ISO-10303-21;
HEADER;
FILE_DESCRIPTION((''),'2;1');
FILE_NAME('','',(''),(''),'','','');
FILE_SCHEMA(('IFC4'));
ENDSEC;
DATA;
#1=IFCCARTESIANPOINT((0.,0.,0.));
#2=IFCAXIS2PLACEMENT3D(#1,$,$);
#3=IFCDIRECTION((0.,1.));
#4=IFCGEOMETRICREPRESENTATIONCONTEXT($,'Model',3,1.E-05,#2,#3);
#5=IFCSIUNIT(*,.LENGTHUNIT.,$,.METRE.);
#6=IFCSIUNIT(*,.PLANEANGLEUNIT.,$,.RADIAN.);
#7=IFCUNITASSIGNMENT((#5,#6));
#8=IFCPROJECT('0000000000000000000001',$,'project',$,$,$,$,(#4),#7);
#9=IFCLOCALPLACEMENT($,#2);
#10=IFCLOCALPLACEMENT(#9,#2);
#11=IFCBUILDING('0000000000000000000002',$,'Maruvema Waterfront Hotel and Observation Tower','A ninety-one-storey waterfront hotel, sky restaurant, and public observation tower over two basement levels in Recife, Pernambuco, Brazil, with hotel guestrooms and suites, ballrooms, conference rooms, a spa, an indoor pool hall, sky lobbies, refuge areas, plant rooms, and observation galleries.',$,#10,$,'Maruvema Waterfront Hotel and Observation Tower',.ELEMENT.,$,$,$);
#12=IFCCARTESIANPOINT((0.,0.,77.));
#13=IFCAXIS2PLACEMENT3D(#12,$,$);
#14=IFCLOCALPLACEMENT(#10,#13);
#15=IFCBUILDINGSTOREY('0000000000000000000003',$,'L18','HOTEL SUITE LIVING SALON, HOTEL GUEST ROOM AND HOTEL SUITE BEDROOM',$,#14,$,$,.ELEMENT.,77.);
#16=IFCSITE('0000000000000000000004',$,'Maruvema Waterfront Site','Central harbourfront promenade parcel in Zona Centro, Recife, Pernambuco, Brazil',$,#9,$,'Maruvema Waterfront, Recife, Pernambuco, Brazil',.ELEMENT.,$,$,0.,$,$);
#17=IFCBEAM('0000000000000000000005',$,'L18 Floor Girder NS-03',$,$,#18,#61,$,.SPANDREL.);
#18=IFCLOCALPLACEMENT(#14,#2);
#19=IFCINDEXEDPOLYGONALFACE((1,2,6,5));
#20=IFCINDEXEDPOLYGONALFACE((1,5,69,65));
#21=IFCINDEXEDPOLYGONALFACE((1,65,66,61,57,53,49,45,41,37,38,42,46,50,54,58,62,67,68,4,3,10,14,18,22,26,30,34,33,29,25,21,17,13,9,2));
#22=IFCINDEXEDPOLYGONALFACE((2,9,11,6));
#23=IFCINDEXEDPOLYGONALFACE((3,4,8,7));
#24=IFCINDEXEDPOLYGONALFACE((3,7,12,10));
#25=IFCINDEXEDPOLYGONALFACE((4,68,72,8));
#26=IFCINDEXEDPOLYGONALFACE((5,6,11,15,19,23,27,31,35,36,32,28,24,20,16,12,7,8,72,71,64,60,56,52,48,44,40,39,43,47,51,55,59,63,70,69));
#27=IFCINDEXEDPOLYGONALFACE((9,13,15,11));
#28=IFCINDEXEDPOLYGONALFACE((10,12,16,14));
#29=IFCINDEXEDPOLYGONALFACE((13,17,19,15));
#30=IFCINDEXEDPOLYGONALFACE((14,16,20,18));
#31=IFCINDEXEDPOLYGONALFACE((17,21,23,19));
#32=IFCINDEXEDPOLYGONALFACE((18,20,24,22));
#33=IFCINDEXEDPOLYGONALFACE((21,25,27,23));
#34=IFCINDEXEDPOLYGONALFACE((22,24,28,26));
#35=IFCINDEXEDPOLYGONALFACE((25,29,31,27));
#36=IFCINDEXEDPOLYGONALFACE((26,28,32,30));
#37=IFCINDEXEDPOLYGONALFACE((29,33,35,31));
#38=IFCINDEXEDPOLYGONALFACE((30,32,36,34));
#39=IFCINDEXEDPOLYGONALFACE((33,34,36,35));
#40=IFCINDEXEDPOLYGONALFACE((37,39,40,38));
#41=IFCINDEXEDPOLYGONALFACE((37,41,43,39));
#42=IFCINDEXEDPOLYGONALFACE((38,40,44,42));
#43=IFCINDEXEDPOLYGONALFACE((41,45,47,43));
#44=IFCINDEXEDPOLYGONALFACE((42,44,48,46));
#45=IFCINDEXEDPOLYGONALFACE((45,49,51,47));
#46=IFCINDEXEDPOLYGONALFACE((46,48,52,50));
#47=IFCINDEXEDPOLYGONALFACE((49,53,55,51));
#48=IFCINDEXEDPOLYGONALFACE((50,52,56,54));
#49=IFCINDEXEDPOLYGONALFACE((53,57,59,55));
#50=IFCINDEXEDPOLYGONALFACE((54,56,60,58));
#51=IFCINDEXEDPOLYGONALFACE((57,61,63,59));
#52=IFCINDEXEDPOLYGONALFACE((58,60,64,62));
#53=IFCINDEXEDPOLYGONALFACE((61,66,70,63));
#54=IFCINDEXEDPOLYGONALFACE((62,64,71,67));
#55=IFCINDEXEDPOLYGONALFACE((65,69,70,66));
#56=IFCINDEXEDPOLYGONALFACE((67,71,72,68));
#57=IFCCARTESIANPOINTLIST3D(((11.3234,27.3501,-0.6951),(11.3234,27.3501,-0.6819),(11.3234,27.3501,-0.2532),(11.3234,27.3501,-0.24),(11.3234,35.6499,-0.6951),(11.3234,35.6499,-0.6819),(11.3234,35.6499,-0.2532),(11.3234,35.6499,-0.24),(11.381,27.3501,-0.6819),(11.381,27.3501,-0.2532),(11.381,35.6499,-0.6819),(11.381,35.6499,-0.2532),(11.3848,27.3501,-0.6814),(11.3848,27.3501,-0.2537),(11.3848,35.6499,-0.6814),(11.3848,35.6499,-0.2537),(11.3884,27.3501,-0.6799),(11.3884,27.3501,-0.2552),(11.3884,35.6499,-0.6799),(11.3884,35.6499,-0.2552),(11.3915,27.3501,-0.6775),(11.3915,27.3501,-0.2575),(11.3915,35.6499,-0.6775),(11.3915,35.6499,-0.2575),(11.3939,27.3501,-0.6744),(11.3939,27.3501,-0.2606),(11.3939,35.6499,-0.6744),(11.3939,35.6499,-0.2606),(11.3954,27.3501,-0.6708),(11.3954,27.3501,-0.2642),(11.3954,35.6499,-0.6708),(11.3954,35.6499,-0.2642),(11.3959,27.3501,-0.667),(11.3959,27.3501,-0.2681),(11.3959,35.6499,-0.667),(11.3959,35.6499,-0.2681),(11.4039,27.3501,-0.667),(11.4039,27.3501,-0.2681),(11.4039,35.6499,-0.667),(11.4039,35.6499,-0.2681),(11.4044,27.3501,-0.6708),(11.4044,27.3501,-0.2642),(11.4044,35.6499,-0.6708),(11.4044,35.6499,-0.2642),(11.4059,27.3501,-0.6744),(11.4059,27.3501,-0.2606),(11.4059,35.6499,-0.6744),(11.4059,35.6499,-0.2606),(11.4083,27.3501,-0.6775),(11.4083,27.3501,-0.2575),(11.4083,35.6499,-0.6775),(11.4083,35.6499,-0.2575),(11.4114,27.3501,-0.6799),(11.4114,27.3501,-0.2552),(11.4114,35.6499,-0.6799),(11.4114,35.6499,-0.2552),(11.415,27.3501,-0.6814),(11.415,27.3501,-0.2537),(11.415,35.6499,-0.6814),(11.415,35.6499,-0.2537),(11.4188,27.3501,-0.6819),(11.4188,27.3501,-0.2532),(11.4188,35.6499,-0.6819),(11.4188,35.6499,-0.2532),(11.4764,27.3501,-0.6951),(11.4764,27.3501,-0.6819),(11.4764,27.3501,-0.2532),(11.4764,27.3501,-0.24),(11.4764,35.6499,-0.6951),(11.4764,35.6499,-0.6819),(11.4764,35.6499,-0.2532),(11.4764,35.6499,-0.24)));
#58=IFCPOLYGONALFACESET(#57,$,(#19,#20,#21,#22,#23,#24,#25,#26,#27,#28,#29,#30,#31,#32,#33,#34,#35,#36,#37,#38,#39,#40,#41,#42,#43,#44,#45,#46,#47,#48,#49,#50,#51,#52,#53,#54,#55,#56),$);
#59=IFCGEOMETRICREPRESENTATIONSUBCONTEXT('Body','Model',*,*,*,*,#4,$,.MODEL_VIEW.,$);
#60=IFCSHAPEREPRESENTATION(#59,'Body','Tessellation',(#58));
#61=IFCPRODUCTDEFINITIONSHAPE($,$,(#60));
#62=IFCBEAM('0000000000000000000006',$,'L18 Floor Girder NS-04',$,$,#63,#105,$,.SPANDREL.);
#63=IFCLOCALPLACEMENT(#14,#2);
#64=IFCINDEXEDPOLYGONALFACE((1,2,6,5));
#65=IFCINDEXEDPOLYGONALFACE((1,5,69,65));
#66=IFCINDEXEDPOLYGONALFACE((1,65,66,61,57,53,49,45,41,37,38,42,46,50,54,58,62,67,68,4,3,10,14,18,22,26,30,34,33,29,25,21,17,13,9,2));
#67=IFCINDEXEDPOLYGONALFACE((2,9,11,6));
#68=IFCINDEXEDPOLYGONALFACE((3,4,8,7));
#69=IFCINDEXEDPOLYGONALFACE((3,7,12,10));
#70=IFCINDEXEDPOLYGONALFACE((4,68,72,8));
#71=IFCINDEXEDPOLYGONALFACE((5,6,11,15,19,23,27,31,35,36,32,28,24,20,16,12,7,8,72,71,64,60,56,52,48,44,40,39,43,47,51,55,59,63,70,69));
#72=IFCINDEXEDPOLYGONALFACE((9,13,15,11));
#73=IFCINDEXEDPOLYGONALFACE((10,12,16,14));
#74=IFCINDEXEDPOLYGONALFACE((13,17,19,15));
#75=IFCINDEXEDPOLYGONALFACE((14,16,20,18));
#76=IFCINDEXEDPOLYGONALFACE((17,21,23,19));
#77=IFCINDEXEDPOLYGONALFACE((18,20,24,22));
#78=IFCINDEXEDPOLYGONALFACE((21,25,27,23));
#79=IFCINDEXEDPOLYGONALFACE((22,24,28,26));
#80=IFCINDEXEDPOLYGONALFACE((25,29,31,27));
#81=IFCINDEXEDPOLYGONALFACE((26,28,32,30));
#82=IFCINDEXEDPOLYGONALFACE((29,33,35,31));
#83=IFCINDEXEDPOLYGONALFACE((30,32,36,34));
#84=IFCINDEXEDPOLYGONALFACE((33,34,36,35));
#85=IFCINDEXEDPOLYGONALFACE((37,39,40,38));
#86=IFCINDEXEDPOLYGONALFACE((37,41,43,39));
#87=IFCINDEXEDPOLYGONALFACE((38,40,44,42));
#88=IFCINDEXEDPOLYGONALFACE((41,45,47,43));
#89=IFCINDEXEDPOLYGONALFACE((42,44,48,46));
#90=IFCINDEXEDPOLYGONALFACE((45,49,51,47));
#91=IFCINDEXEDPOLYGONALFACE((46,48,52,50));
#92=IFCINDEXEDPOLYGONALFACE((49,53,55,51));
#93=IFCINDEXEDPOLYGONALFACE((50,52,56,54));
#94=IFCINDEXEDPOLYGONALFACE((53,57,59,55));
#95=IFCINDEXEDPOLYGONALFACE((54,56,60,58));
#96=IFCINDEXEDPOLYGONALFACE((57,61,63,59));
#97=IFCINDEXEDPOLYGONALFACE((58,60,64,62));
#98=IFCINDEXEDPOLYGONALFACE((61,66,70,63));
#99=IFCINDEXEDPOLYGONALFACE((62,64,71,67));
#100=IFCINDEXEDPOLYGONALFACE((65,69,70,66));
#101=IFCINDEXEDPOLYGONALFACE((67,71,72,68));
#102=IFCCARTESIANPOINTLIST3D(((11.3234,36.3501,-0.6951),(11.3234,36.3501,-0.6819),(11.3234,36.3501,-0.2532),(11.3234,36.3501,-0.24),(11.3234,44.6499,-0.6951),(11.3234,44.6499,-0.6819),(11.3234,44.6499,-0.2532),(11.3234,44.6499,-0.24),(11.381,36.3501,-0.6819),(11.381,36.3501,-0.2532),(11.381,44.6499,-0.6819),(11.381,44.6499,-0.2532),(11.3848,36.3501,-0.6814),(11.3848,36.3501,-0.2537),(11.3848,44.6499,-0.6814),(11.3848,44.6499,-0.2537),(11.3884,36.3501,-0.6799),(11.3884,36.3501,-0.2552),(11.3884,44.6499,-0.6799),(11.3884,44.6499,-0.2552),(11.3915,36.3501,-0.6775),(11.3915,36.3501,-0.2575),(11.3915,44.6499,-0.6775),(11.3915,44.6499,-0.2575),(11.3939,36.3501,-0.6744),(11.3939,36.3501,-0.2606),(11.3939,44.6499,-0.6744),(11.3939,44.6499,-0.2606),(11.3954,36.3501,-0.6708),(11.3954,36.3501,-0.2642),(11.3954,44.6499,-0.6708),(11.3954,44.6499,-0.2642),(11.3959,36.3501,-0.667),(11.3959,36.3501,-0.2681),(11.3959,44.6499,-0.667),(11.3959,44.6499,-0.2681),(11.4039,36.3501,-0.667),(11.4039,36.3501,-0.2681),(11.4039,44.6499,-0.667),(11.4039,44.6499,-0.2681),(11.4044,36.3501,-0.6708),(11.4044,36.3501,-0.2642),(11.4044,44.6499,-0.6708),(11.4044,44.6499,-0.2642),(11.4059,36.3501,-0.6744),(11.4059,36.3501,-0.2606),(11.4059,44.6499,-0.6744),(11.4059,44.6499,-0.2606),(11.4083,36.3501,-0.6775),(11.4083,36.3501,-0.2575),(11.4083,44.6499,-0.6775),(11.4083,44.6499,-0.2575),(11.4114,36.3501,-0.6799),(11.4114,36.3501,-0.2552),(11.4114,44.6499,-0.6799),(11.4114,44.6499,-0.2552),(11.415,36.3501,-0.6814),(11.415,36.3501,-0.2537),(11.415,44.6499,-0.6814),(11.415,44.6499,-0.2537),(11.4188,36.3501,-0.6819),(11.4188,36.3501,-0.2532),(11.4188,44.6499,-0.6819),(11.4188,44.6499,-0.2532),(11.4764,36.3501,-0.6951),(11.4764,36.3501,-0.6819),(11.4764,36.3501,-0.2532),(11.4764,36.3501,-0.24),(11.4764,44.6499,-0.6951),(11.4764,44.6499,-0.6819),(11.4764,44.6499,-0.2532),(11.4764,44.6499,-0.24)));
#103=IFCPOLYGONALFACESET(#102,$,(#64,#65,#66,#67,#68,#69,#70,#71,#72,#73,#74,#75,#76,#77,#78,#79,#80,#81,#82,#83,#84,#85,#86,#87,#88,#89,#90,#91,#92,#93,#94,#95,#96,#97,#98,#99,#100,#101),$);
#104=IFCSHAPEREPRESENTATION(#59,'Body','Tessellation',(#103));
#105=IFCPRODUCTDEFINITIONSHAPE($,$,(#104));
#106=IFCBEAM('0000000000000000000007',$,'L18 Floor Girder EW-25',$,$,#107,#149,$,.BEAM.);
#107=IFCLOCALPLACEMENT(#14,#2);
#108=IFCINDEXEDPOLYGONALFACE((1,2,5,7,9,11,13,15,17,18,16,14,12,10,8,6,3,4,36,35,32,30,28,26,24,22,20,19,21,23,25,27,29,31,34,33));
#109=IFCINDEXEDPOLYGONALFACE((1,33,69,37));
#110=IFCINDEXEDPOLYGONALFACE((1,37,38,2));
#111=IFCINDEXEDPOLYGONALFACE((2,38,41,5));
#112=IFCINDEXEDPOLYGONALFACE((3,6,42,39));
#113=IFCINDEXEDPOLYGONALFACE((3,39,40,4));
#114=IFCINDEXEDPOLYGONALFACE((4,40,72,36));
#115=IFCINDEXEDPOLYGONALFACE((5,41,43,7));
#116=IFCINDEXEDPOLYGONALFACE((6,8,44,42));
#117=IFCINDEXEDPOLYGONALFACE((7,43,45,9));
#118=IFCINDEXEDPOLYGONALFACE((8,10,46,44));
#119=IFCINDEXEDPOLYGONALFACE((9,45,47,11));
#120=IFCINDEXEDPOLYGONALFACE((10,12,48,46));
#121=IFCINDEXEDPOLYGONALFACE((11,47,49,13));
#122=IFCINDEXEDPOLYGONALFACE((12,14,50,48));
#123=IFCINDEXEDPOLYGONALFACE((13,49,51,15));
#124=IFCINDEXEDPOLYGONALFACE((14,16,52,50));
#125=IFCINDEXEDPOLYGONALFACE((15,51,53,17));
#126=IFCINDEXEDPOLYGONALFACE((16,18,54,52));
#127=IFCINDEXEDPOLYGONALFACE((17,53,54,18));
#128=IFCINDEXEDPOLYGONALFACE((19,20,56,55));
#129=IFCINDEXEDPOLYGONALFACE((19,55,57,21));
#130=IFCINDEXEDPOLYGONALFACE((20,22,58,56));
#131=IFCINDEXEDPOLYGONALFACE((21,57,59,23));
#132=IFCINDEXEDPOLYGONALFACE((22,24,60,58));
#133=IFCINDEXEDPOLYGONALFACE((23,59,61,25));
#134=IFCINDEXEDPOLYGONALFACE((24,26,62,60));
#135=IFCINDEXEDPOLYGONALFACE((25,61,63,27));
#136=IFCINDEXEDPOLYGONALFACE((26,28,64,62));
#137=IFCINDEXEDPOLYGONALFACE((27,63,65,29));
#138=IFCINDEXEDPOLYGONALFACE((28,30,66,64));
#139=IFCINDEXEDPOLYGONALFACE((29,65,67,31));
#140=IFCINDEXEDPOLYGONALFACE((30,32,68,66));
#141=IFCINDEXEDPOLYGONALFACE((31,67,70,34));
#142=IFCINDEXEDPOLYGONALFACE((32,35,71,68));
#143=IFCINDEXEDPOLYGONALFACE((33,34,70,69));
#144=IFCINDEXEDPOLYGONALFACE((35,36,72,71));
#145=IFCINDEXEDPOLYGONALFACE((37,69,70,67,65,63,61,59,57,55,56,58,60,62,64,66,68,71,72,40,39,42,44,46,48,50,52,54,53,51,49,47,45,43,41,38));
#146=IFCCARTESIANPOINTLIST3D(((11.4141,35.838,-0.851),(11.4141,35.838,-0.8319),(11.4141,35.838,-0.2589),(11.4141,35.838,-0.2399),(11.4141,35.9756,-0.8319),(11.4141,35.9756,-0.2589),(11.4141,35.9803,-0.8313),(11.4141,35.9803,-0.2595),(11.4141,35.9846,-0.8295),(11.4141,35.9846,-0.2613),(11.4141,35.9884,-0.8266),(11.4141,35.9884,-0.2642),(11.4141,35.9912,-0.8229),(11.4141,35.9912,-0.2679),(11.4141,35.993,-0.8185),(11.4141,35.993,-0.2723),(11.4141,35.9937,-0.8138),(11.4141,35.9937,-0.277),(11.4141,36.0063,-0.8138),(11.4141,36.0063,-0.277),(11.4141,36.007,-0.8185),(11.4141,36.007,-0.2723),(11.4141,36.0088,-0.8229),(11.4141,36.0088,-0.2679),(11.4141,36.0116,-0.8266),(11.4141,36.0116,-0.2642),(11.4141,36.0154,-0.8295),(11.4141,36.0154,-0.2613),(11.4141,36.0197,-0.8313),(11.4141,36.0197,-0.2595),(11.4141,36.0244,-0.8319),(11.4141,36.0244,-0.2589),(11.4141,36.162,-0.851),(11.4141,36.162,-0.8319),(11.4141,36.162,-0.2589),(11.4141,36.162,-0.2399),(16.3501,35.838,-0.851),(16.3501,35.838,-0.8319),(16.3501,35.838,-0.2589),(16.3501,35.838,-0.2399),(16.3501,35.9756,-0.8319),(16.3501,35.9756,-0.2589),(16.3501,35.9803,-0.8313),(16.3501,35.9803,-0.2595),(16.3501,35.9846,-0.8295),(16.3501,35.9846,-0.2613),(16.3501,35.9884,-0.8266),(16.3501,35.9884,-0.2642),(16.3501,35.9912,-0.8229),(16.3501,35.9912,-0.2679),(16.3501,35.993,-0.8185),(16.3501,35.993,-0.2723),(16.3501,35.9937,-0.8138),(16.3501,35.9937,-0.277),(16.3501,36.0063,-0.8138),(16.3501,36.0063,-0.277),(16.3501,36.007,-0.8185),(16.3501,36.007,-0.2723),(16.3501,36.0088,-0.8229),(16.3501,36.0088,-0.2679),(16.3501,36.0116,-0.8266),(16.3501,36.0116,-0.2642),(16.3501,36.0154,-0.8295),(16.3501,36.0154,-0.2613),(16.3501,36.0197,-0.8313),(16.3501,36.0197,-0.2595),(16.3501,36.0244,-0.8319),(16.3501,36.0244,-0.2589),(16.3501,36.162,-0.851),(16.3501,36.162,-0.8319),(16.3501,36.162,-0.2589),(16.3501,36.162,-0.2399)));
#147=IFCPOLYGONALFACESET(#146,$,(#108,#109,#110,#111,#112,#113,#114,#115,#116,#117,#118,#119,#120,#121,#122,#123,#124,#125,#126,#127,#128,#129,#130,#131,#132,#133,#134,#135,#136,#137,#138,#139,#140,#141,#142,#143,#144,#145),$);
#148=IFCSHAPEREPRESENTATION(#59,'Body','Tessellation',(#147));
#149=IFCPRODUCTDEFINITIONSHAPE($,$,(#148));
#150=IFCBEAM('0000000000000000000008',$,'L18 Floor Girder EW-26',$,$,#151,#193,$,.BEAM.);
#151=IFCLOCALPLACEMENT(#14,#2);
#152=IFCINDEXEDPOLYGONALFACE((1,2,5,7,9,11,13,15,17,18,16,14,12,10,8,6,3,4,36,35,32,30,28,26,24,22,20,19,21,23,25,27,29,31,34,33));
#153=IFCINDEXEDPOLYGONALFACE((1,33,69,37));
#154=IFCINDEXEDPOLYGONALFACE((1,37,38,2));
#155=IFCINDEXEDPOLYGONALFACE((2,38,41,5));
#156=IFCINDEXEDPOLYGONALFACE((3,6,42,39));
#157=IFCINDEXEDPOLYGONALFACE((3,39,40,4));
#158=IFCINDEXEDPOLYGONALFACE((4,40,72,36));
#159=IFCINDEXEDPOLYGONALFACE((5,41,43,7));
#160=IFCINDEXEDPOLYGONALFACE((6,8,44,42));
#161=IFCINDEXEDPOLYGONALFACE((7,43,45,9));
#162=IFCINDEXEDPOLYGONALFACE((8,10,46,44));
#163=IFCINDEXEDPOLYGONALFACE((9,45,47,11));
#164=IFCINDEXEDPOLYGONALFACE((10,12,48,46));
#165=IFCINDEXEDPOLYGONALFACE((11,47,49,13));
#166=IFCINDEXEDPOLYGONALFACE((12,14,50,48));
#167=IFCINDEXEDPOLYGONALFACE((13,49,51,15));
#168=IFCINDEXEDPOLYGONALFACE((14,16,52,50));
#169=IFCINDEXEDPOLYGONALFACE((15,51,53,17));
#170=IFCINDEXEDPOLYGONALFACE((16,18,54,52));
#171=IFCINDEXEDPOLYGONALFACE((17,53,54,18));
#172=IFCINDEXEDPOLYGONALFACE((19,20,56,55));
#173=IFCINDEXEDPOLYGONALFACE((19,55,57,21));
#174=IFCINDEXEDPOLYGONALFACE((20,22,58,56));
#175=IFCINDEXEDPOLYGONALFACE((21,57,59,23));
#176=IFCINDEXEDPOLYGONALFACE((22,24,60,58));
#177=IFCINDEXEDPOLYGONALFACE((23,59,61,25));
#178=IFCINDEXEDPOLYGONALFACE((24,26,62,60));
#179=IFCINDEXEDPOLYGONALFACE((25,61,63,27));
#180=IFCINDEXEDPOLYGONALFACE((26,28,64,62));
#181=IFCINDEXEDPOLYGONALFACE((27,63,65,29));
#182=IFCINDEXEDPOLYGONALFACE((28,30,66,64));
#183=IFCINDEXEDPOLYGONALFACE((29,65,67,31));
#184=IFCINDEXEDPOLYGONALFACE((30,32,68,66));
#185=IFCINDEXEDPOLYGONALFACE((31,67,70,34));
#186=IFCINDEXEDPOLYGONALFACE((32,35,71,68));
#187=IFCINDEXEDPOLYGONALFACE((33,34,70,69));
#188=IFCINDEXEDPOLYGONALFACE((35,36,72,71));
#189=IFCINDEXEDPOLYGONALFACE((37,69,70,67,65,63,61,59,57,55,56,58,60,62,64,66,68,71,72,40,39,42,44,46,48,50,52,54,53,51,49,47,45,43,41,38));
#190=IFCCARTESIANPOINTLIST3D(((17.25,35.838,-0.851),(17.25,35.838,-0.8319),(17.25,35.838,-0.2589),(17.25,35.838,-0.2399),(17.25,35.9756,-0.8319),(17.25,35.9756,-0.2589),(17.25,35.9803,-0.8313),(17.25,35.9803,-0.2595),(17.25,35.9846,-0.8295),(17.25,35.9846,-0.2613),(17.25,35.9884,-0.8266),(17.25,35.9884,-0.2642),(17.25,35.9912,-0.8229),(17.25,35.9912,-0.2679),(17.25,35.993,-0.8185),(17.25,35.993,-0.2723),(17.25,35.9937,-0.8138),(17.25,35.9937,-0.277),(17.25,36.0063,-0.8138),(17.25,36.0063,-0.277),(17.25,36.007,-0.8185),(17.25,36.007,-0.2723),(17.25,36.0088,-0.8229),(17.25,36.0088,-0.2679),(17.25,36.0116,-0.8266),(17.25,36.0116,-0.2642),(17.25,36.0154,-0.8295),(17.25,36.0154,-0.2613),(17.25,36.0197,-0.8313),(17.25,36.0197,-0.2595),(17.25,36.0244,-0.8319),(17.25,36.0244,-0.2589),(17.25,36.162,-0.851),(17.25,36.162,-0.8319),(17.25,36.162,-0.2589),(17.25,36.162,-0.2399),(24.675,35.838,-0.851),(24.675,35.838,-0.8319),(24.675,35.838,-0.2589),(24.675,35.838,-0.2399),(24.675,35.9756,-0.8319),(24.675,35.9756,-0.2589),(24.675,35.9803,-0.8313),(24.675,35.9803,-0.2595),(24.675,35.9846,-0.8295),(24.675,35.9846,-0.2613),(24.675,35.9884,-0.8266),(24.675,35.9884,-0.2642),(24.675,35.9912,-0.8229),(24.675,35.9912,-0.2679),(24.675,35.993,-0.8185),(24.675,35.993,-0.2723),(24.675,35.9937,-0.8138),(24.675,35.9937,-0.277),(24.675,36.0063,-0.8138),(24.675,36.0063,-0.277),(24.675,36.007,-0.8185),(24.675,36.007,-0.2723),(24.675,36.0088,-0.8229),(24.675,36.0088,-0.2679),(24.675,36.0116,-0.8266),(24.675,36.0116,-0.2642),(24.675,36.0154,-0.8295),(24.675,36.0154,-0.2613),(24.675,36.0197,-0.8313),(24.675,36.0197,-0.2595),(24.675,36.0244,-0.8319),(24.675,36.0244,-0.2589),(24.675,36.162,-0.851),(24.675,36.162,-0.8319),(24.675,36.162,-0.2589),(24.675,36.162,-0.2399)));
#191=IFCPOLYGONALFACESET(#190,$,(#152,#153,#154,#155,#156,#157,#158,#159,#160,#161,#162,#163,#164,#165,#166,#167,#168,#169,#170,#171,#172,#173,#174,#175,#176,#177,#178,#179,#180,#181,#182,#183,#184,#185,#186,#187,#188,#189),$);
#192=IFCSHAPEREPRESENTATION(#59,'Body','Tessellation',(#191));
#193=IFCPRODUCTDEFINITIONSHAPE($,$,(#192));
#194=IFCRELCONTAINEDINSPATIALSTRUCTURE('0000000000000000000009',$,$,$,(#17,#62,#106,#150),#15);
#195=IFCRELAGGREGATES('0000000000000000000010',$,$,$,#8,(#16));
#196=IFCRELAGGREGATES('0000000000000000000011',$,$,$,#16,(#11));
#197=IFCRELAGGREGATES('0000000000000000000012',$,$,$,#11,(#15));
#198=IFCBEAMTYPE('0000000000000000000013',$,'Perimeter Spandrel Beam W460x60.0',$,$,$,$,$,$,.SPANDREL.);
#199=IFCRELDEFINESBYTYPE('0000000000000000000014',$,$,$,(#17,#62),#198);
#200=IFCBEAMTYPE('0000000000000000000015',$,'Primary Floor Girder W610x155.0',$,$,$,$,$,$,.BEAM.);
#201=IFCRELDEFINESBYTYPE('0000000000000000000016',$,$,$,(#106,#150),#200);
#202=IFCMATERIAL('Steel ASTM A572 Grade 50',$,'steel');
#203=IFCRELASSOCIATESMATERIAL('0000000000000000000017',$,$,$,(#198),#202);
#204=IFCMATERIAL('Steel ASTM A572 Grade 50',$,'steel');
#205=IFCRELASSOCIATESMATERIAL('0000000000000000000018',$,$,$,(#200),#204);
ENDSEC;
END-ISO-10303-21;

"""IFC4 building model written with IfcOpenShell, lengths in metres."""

from ifc_helpers import new_model, si_unit, direction, frame, origin, origin_2d, place, context, subcontext, project, spatial, i_section, extrude, material, material_profile, profile_set, type_object, element, save


model = new_model("IFC4")

# Units and contexts
model_context = context("Model", 3, precision=1e-05, world=origin(), true_north=direction((0.0, 1.0)))
body_context = subcontext(model_context, "Body", "Model", "MODEL_VIEW")
ifc_project = project(units=[si_unit("LENGTHUNIT", "METRE"), si_unit("PLANEANGLEUNIT", "RADIAN")], contexts=[model_context])

# Site, building, storey
site_placement = place(None, origin())
site = spatial("IfcSite", under=ifc_project, at=site_placement, Name="Maruvema Waterfront Site", Description="Central harbourfront promenade parcel in Zona Centro, Recife, Pernambuco, Brazil", LongName="Maruvema Waterfront, Recife, Pernambuco, Brazil", CompositionType="ELEMENT", RefElevation=0.0)
building_placement = place(site_placement, origin())
building = spatial("IfcBuilding", under=site, at=building_placement, Name="Maruvema Waterfront Hotel and Observation Tower", Description="A ninety-one-storey waterfront hotel, sky restaurant, and public observation tower over two basement levels in Recife, Pernambuco, Brazil, with hotel guestrooms and suites, ballrooms, conference rooms, a spa, an indoor pool hall, sky lobbies, refuge areas, plant rooms, and observation galleries.", LongName="Maruvema Waterfront Hotel and Observation Tower", CompositionType="ELEMENT")
storey_placement = place(building_placement, frame((0.0, 0.0, 77.0)))
storey = spatial("IfcBuildingStorey", under=building, at=storey_placement, Name="L18", Description="HOTEL SUITE LIVING SALON, HOTEL GUEST ROOM AND HOTEL SUITE BEDROOM", CompositionType="ELEMENT", Elevation=77.0)

# Beams
ifc_material_1 = material(Name="Steel ASTM A572 Grade 50", Category="steel")
ifc_material_profile_1 = material_profile(ifc_material_1, i_section(OverallWidth=0.1531, OverallDepth=0.4551, WebThickness=0.0081, FlangeThickness=0.0132, FilletRadius=0.0149, at=origin_2d()), Name="W460x60.0")
ifc_profile_set_1 = profile_set([ifc_material_profile_1], Name="Steel ASTM A572 Grade 50")
beam_type_1 = type_object("IfcBeamType", Name="Perimeter Spandrel Beam W460x60.0", PredefinedType="SPANDREL", material=ifc_profile_set_1)
for number, where, z_axis, x_axis, name in (
    (1, (11.3999, 27.3501, -0.4675), (0.0, 1.0, 0.0), (-1.0, 0.0, 0.0), "L18 Floor Girder NS-03"),
    (2, (11.3999, 36.3501, -0.4675), (0.0, 1.0, 0.0), (-1.0, 0.0, 0.0), "L18 Floor Girder NS-04"),
):
    element("IfcBeam", number, at=place(storey_placement, frame(where, z_axis=z_axis, x_axis=x_axis)), inside=storey, type_object=beam_type_1, Name=name, PredefinedType="SPANDREL", context=body_context, shape_type="SweptSolid", body=[
        extrude(i_section(OverallWidth=0.1531, OverallDepth=0.4551, WebThickness=0.0081, FlangeThickness=0.0132, FilletRadius=0.0149, at=origin_2d()), origin(), (0.0, 0.0, 1.0), 8.2998),
    ])
ifc_material_2 = material(Name="Steel ASTM A572 Grade 50", Category="steel")
ifc_material_profile_2 = material_profile(ifc_material_2, i_section(OverallWidth=0.324, OverallDepth=0.6111, WebThickness=0.0127, FlangeThickness=0.019, FilletRadius=0.0181, at=origin_2d()), Name="W610x155.0")
ifc_profile_set_2 = profile_set([ifc_material_profile_2], Name="Steel ASTM A572 Grade 50")
beam_type_2 = type_object("IfcBeamType", Name="Primary Floor Girder W610x155.0", PredefinedType="BEAM", material=ifc_profile_set_2)
beam_1_placement = place(storey_placement, frame((11.4141, 36.0, -0.5454), z_axis=(1.0, 0.0, 0.0), x_axis=(0.0, 1.0, 0.0)))
element("IfcBeam", 3, at=beam_1_placement, inside=storey, type_object=beam_type_2, Name="L18 Floor Girder EW-25", PredefinedType="BEAM", context=body_context, shape_type="SweptSolid", body=[
    extrude(i_section(OverallWidth=0.324, OverallDepth=0.6111, WebThickness=0.0127, FlangeThickness=0.019, FilletRadius=0.0181, at=origin_2d()), origin(), (0.0, 0.0, 1.0), 4.936),
])
beam_2_placement = place(storey_placement, frame((17.25, 36.0, -0.5454), z_axis=(1.0, 0.0, 0.0), x_axis=(0.0, 1.0, 0.0)))
element("IfcBeam", 4, at=beam_2_placement, inside=storey, type_object=beam_type_2, Name="L18 Floor Girder EW-26", PredefinedType="BEAM", context=body_context, shape_type="SweptSolid", body=[
    extrude(i_section(OverallWidth=0.324, OverallDepth=0.6111, WebThickness=0.0127, FlangeThickness=0.019, FilletRadius=0.0181, at=origin_2d()), origin(), (0.0, 0.0, 1.0), 7.425),
])

save(model, "model.ifc")
